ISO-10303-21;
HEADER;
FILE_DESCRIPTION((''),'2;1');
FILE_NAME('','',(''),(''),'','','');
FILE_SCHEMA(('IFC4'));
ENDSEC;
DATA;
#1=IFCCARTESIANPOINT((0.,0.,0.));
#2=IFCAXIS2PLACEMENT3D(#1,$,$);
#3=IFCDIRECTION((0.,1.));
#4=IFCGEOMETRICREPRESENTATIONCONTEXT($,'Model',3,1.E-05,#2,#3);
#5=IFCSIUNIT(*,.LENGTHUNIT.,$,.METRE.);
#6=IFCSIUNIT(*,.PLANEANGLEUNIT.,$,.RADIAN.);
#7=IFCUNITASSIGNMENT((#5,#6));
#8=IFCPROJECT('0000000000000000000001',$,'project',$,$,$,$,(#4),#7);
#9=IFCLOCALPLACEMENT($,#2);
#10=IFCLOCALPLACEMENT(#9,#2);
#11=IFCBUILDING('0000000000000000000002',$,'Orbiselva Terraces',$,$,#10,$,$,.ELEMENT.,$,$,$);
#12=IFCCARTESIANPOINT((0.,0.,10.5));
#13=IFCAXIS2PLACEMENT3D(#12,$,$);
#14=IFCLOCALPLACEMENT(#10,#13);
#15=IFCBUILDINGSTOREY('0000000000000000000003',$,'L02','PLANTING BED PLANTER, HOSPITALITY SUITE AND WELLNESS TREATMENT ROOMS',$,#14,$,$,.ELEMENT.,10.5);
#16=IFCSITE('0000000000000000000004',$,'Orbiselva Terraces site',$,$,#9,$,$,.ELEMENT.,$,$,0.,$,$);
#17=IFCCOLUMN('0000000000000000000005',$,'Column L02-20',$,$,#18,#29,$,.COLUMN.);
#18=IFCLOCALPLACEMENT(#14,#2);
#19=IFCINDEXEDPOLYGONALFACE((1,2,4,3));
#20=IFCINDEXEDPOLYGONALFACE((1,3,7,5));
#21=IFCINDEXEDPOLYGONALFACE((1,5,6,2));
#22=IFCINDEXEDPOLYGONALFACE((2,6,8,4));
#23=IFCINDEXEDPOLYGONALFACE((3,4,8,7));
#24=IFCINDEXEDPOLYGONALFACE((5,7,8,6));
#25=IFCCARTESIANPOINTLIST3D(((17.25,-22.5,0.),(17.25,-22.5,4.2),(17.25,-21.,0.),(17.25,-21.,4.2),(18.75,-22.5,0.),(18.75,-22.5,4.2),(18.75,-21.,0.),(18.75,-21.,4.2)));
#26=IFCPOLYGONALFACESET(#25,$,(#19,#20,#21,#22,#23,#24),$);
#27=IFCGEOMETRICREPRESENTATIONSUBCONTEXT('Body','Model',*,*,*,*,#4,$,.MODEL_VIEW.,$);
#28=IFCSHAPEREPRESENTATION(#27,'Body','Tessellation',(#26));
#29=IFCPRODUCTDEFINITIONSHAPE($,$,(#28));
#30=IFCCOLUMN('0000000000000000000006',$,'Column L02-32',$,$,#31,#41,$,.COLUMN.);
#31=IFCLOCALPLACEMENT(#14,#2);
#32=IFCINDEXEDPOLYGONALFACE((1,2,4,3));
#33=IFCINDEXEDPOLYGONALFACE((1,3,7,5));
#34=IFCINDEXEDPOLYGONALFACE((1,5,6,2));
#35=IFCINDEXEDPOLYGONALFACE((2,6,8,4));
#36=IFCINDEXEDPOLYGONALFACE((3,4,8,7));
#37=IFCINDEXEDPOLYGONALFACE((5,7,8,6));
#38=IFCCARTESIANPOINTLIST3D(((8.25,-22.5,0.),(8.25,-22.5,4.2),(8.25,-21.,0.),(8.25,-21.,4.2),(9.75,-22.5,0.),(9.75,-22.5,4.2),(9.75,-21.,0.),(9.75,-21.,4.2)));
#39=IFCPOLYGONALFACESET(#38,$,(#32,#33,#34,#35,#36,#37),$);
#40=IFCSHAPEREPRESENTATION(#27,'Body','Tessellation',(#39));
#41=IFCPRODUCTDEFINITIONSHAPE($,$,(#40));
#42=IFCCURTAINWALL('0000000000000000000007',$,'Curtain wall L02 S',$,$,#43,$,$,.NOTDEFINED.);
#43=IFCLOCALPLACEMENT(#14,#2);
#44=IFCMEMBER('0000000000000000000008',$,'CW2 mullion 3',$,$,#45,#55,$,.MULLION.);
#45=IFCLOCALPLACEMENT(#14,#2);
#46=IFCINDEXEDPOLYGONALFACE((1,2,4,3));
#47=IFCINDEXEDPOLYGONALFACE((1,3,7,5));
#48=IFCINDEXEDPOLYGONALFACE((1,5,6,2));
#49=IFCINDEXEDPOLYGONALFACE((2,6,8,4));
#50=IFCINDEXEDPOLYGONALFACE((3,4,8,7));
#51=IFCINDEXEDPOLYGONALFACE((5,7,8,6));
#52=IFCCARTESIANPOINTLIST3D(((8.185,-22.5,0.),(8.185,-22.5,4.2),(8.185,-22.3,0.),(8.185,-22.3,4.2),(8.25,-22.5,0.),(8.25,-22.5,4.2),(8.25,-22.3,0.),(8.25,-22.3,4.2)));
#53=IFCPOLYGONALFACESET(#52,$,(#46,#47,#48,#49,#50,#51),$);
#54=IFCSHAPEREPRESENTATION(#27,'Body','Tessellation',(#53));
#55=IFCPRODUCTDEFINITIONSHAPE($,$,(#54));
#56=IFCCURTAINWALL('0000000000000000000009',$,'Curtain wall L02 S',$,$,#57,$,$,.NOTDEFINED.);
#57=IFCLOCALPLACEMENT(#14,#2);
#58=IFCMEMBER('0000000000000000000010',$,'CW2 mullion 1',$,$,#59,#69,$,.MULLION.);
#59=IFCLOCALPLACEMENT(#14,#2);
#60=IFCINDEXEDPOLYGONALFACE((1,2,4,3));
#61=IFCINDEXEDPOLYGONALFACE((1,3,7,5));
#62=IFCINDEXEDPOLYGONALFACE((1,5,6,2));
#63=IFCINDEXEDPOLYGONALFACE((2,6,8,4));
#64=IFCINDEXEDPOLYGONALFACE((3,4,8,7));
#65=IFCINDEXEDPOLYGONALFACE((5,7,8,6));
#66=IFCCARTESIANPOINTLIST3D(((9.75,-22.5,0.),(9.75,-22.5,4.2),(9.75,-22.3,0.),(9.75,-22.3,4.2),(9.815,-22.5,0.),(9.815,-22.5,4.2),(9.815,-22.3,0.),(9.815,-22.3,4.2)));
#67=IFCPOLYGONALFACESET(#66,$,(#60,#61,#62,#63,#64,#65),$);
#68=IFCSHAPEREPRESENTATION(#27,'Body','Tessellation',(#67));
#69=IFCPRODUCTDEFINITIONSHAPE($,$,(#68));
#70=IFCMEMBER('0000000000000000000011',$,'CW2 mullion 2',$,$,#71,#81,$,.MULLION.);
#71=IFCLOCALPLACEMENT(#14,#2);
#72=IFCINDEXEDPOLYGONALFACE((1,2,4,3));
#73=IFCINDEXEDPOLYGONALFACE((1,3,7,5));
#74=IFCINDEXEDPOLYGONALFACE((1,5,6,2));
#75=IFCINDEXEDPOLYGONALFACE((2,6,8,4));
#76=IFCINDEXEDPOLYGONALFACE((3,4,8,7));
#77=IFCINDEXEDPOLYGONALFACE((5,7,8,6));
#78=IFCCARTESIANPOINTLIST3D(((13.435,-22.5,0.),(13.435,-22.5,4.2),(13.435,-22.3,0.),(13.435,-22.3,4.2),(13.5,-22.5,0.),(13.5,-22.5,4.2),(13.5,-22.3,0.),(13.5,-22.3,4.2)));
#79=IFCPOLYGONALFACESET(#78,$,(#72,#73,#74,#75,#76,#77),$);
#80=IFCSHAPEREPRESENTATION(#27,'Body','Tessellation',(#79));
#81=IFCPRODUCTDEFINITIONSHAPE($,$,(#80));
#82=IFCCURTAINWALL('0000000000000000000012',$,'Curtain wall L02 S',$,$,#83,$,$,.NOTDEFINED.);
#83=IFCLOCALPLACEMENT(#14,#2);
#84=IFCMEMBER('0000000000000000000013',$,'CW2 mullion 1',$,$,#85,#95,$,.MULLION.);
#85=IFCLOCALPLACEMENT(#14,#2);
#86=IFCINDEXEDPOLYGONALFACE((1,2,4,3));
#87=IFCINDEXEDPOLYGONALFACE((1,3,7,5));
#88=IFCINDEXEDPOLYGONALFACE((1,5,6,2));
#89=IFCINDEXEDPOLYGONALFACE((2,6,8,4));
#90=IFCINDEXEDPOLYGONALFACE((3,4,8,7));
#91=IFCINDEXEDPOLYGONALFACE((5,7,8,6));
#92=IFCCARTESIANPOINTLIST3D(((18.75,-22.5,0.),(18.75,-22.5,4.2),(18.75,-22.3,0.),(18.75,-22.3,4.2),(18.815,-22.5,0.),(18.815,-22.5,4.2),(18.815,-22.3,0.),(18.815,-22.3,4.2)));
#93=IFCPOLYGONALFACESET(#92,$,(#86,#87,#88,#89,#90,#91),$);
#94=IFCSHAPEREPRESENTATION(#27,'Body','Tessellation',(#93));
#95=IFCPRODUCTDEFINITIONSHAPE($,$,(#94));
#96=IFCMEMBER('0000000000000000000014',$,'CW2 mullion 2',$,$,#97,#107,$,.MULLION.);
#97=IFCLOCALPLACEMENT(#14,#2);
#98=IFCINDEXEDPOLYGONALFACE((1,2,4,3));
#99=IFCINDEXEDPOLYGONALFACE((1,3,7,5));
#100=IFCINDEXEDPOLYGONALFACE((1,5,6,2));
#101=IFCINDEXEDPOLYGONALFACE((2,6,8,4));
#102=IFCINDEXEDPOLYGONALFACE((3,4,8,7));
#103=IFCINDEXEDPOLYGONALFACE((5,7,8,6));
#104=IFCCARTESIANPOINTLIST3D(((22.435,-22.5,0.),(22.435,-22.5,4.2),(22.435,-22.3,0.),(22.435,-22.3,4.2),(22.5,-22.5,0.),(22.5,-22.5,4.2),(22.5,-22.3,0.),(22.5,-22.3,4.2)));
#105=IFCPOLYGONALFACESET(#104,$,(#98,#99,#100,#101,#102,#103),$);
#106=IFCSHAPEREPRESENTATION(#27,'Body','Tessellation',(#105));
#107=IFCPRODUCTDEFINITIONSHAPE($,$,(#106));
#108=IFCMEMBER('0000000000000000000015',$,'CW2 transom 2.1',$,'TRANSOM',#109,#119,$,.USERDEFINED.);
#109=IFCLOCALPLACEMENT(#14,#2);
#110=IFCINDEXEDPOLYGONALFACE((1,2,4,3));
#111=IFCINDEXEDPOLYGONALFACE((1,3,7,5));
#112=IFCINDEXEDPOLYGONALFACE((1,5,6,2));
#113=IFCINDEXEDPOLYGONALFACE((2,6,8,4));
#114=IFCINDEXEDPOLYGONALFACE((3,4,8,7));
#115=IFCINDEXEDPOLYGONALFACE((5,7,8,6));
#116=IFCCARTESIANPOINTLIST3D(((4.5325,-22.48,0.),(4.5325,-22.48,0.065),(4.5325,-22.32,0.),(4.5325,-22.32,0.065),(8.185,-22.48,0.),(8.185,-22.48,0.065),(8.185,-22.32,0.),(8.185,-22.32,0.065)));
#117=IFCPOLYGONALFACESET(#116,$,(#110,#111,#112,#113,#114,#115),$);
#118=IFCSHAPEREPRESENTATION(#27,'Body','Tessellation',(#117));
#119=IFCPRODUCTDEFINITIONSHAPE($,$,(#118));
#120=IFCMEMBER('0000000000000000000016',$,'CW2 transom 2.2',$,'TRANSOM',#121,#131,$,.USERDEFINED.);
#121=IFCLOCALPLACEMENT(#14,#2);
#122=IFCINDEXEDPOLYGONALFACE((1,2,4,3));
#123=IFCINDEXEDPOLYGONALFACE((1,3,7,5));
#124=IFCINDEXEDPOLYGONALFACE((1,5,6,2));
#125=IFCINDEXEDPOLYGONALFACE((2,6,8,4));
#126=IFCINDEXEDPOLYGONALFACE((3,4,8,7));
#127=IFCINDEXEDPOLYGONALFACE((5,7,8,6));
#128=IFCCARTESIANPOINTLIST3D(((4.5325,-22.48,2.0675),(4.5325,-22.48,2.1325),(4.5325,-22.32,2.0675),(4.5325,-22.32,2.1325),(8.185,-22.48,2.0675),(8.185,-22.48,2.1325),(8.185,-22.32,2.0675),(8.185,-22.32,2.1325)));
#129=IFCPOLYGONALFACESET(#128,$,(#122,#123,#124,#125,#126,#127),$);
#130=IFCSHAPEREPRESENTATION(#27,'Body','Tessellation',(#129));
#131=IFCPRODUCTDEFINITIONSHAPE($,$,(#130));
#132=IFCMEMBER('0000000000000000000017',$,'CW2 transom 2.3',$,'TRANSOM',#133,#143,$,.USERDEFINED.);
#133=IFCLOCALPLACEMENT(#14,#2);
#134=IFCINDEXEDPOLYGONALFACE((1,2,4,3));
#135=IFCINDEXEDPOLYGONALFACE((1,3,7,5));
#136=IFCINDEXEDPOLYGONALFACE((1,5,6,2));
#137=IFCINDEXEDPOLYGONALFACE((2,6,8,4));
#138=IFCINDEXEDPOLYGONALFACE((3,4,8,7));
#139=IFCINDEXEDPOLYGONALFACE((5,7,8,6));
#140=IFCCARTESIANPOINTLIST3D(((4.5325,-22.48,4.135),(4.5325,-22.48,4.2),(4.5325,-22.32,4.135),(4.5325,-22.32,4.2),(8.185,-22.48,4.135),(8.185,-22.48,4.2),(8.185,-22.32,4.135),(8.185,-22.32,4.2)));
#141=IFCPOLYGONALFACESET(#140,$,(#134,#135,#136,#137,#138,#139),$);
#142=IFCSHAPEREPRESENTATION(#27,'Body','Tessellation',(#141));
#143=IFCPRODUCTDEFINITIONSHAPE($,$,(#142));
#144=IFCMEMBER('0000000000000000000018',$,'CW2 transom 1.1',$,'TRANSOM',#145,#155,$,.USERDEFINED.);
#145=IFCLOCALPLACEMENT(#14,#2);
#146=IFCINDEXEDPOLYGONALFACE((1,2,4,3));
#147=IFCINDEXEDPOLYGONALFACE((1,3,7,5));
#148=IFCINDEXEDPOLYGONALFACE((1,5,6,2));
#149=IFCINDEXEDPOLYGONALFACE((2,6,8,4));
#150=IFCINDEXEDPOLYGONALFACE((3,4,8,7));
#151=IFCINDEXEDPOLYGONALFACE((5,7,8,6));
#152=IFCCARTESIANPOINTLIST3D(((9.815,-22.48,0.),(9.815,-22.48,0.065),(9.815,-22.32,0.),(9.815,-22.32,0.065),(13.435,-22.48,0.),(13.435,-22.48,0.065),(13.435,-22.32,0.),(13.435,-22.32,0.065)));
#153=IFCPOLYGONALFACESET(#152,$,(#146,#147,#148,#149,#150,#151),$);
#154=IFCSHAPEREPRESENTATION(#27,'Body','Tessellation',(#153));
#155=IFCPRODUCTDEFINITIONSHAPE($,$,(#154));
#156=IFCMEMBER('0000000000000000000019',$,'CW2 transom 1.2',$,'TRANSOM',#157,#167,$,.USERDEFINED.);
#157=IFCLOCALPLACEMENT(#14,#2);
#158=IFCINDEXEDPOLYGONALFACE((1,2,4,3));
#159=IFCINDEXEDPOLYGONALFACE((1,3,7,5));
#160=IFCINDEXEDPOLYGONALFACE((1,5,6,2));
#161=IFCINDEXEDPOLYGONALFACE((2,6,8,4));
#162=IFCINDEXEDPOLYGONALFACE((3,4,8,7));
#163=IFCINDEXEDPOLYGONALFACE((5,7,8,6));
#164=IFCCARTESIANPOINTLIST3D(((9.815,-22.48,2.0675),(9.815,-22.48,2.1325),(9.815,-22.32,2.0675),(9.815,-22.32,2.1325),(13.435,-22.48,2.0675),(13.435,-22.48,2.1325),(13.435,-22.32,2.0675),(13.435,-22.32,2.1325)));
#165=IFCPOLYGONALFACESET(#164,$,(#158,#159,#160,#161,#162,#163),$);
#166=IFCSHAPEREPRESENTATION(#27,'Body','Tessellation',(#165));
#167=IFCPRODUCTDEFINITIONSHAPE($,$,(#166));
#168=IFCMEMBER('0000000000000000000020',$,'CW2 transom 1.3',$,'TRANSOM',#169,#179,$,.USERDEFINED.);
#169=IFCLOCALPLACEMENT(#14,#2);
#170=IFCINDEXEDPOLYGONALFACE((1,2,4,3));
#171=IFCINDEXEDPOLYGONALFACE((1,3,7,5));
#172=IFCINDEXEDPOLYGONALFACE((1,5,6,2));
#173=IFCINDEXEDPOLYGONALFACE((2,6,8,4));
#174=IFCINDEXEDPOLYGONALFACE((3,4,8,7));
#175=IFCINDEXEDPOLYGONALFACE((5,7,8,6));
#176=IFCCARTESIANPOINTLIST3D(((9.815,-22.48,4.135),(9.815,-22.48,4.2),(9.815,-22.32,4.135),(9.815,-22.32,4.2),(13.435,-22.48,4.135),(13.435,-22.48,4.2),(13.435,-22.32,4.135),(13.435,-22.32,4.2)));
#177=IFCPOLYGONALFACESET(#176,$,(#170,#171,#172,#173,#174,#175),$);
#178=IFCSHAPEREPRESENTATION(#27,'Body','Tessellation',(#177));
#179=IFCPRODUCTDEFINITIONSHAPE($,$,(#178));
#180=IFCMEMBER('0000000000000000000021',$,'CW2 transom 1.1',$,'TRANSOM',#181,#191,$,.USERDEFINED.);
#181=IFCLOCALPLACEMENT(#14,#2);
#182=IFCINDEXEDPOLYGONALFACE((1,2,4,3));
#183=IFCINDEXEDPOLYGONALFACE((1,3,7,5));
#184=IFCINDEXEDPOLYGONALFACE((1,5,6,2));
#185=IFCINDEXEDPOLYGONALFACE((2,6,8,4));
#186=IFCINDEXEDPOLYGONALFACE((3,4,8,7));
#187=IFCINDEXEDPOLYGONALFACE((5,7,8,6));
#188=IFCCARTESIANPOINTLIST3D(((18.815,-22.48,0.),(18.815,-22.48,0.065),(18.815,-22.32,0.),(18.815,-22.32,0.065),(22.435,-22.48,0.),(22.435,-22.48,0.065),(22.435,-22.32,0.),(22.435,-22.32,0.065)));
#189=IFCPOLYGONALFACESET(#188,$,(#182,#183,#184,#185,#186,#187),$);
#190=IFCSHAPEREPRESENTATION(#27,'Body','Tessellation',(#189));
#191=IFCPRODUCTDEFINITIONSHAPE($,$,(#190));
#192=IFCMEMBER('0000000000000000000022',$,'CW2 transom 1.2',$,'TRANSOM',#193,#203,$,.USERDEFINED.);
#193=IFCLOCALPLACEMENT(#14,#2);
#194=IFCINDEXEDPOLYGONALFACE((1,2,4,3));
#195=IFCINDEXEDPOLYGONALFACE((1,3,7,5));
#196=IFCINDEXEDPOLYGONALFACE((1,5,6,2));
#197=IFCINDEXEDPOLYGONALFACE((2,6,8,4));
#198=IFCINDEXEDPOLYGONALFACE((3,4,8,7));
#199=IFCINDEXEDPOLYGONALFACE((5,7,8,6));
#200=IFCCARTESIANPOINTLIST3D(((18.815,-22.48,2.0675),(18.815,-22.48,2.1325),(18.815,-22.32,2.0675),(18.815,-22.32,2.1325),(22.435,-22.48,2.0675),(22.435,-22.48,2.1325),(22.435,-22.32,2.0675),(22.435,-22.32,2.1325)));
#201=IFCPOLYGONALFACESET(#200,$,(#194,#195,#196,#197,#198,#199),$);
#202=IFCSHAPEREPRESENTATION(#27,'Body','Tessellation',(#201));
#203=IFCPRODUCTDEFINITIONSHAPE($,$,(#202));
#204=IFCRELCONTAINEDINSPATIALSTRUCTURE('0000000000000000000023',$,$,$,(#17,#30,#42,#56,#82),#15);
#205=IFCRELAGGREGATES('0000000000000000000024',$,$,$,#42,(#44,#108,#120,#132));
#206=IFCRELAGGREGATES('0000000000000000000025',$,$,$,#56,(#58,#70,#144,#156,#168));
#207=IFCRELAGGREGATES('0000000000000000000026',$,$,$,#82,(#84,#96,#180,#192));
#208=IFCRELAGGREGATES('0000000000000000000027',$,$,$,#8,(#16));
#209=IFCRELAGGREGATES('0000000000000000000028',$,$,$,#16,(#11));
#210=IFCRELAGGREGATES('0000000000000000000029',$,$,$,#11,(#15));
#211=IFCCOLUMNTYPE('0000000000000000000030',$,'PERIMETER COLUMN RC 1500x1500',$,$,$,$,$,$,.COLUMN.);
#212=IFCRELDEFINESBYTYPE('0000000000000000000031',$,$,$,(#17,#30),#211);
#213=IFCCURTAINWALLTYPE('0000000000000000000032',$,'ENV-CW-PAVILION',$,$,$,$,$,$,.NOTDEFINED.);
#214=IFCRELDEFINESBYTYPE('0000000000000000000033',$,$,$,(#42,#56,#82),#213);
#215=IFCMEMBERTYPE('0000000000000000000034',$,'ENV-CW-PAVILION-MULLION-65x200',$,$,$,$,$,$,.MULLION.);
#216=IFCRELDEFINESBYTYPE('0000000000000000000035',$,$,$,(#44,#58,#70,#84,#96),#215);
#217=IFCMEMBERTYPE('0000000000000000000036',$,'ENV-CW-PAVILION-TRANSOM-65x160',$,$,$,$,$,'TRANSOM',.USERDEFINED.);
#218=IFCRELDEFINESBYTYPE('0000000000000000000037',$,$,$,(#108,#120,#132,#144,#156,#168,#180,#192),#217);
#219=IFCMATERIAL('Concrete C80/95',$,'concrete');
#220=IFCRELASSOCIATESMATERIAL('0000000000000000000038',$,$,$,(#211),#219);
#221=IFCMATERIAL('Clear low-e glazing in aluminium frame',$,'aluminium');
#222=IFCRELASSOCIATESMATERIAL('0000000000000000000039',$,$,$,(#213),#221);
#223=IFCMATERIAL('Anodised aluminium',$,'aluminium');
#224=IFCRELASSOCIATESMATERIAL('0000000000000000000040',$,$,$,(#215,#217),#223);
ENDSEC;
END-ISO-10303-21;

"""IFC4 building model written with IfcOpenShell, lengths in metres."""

from ifc_helpers import new_model, si_unit, direction, frame, origin, origin_2d, place, context, subcontext, project, spatial, rectangle, extrude, material, material_profile, profile_set, type_object, element, aggregate, save


model = new_model("IFC4")

# Units and contexts
model_context = context("Model", 3, precision=1e-05, world=origin(), true_north=direction((0.0, 1.0)))
body_context = subcontext(model_context, "Body", "Model", "MODEL_VIEW")
ifc_project = project(units=[si_unit("LENGTHUNIT", "METRE"), si_unit("PLANEANGLEUNIT", "RADIAN")], contexts=[model_context])

# Site, building, storey
site_placement = place(None, origin())
site = spatial("IfcSite", under=ifc_project, at=site_placement, Name="Orbiselva Terraces site", CompositionType="ELEMENT", RefElevation=0.0)
building_placement = place(site_placement, origin())
building = spatial("IfcBuilding", under=site, at=building_placement, Name="Orbiselva Terraces", CompositionType="ELEMENT")
storey_placement = place(building_placement, frame((0.0, 0.0, 10.5)))
storey = spatial("IfcBuildingStorey", under=building, at=storey_placement, Name="L02", Description="PLANTING BED PLANTER, HOSPITALITY SUITE AND WELLNESS TREATMENT ROOMS", CompositionType="ELEMENT", Elevation=10.5)

# Columns
ifc_material_1 = material(Name="Concrete C80/95", Category="concrete")
ifc_material_profile_1 = material_profile(ifc_material_1, rectangle(XDim=1.5, YDim=1.5, at=origin_2d()), Name="RC 1500x1500")
ifc_profile_set_1 = profile_set([ifc_material_profile_1], Name="Concrete C80/95")
column_type = type_object("IfcColumnType", Name="PERIMETER COLUMN RC 1500x1500", PredefinedType="COLUMN", material=ifc_profile_set_1)
for number, where, z_axis, x_axis, name in (
    (1, (18.0, -21.75, 0.0), (0.0, 0.0, 1.0), (1.0, 0.0, 0.0), "Column L02-20"),
    (2, (9.0, -21.75, 0.0), (0.0, 0.0, 1.0), (1.0, 0.0, 0.0), "Column L02-32"),
):
    element("IfcColumn", number, at=place(storey_placement, frame(where, z_axis=z_axis, x_axis=x_axis)), inside=storey, type_object=column_type, Name=name, PredefinedType="COLUMN", context=body_context, shape_type="SweptSolid", body=[
        extrude(rectangle(XDim=1.5, YDim=1.5, at=origin_2d()), origin(), (0.0, 0.0, 1.0), 4.2),
    ])

# Curtain wall, member
ifc_material_2 = material(Name="Clear low-e glazing in aluminium frame", Category="aluminium")
curtain_wall_type = type_object("IfcCurtainWallType", Name="ENV-CW-PAVILION", PredefinedType="NOTDEFINED", material=ifc_material_2)
curtain_wall_1_placement = place(storey_placement, origin())
curtain_wall_1 = element("IfcCurtainWall", 3, at=curtain_wall_1_placement, inside=storey, type_object=curtain_wall_type, Name="Curtain wall L02 S", PredefinedType="NOTDEFINED")
ifc_material_3 = material(Name="Anodised aluminium", Category="aluminium")
ifc_material_profile_2 = material_profile(ifc_material_3, rectangle(XDim=0.2, YDim=0.065, at=origin_2d()), Name="AL 65x200")
ifc_profile_set_2 = profile_set([ifc_material_profile_2], Name="Anodised aluminium")
member_type_1 = type_object("IfcMemberType", Name="ENV-CW-PAVILION-MULLION-65x200", PredefinedType="MULLION", material=ifc_profile_set_2)
member_1_placement = place(storey_placement, frame((8.2175, -22.4, 0.0), z_axis=(0.0, 0.0, 1.0), x_axis=(0.0, 1.0, 0.0)))
member_1 = element("IfcMember", 4, at=member_1_placement, type_object=member_type_1, Name="CW2 mullion 3", PredefinedType="MULLION", context=body_context, shape_type="SweptSolid", body=[
    extrude(rectangle(XDim=0.2, YDim=0.065, at=origin_2d()), origin(), (0.0, 0.0, 1.0), 4.2),
])

# Curtain walls, members
curtain_wall_2_placement = place(storey_placement, origin())
curtain_wall_2 = element("IfcCurtainWall", 5, at=curtain_wall_2_placement, inside=storey, type_object=curtain_wall_type, Name="Curtain wall L02 S", PredefinedType="NOTDEFINED")
member_2_placement = place(storey_placement, frame((9.7825, -22.4, 0.0), z_axis=(0.0, 0.0, 1.0), x_axis=(0.0, 1.0, 0.0)))
member_2 = element("IfcMember", 6, at=member_2_placement, type_object=member_type_1, Name="CW2 mullion 1", PredefinedType="MULLION", context=body_context, shape_type="SweptSolid", body=[
    extrude(rectangle(XDim=0.2, YDim=0.065, at=origin_2d()), origin(), (0.0, 0.0, 1.0), 4.2),
])
member_3_placement = place(storey_placement, frame((13.4675, -22.4, 0.0), z_axis=(0.0, 0.0, 1.0), x_axis=(0.0, 1.0, 0.0)))
member_3 = element("IfcMember", 7, at=member_3_placement, type_object=member_type_1, Name="CW2 mullion 2", PredefinedType="MULLION", context=body_context, shape_type="SweptSolid", body=[
    extrude(rectangle(XDim=0.2, YDim=0.065, at=origin_2d()), origin(), (0.0, 0.0, 1.0), 4.2),
])
curtain_wall_3_placement = place(storey_placement, origin())
curtain_wall_3 = element("IfcCurtainWall", 8, at=curtain_wall_3_placement, inside=storey, type_object=curtain_wall_type, Name="Curtain wall L02 S", PredefinedType="NOTDEFINED")
member_4_placement = place(storey_placement, frame((18.7825, -22.4, 0.0), z_axis=(0.0, 0.0, 1.0), x_axis=(0.0, 1.0, 0.0)))
member_4 = element("IfcMember", 9, at=member_4_placement, type_object=member_type_1, Name="CW2 mullion 1", PredefinedType="MULLION", context=body_context, shape_type="SweptSolid", body=[
    extrude(rectangle(XDim=0.2, YDim=0.065, at=origin_2d()), origin(), (0.0, 0.0, 1.0), 4.2),
])
member_5_placement = place(storey_placement, frame((22.4675, -22.4, 0.0), z_axis=(0.0, 0.0, 1.0), x_axis=(0.0, 1.0, 0.0)))
member_5 = element("IfcMember", 10, at=member_5_placement, type_object=member_type_1, Name="CW2 mullion 2", PredefinedType="MULLION", context=body_context, shape_type="SweptSolid", body=[
    extrude(rectangle(XDim=0.2, YDim=0.065, at=origin_2d()), origin(), (0.0, 0.0, 1.0), 4.2),
])

# Members
ifc_material_profile_3 = material_profile(ifc_material_3, rectangle(XDim=0.16, YDim=0.065, at=origin_2d()), Name="AL 65x160")
ifc_profile_set_3 = profile_set([ifc_material_profile_3], Name="Anodised aluminium")
member_type_2 = type_object("IfcMemberType", Name="ENV-CW-PAVILION-TRANSOM-65x160", ElementType="TRANSOM", PredefinedType="USERDEFINED", material=ifc_profile_set_3)
member_6_placement = place(storey_placement, frame((4.5325, -22.4, 0.0325), z_axis=(1.0, 0.0, 0.0), x_axis=(0.0, 1.0, 0.0)))
member_6 = element("IfcMember", 11, at=member_6_placement, type_object=member_type_2, Name="CW2 transom 2.1", ObjectType="TRANSOM", PredefinedType="USERDEFINED", context=body_context, shape_type="SweptSolid", body=[
    extrude(rectangle(XDim=0.16, YDim=0.065, at=origin_2d()), origin(), (0.0, 0.0, 1.0), 3.6525),
])
member_7_placement = place(storey_placement, frame((4.5325, -22.4, 2.1), z_axis=(1.0, 0.0, 0.0), x_axis=(0.0, 1.0, 0.0)))
member_7 = element("IfcMember", 12, at=member_7_placement, type_object=member_type_2, Name="CW2 transom 2.2", ObjectType="TRANSOM", PredefinedType="USERDEFINED", context=body_context, shape_type="SweptSolid", body=[
    extrude(rectangle(XDim=0.16, YDim=0.065, at=origin_2d()), origin(), (0.0, 0.0, 1.0), 3.6525),
])
member_8_placement = place(storey_placement, frame((4.5325, -22.4, 4.1675), z_axis=(1.0, 0.0, 0.0), x_axis=(0.0, 1.0, 0.0)))
member_8 = element("IfcMember", 13, at=member_8_placement, type_object=member_type_2, Name="CW2 transom 2.3", ObjectType="TRANSOM", PredefinedType="USERDEFINED", context=body_context, shape_type="SweptSolid", body=[
    extrude(rectangle(XDim=0.16, YDim=0.065, at=origin_2d()), origin(), (0.0, 0.0, 1.0), 3.6525),
])
member_9_placement = place(storey_placement, frame((9.815, -22.4, 0.0325), z_axis=(1.0, 0.0, 0.0), x_axis=(0.0, 1.0, 0.0)))
member_9 = element("IfcMember", 14, at=member_9_placement, type_object=member_type_2, Name="CW2 transom 1.1", ObjectType="TRANSOM", PredefinedType="USERDEFINED", context=body_context, shape_type="SweptSolid", body=[
    extrude(rectangle(XDim=0.16, YDim=0.065, at=origin_2d()), origin(), (0.0, 0.0, 1.0), 3.62),
])
member_10_placement = place(storey_placement, frame((9.815, -22.4, 2.1), z_axis=(1.0, 0.0, 0.0), x_axis=(0.0, 1.0, 0.0)))
member_10 = element("IfcMember", 15, at=member_10_placement, type_object=member_type_2, Name="CW2 transom 1.2", ObjectType="TRANSOM", PredefinedType="USERDEFINED", context=body_context, shape_type="SweptSolid", body=[
    extrude(rectangle(XDim=0.16, YDim=0.065, at=origin_2d()), origin(), (0.0, 0.0, 1.0), 3.62),
])
member_11_placement = place(storey_placement, frame((9.815, -22.4, 4.1675), z_axis=(1.0, 0.0, 0.0), x_axis=(0.0, 1.0, 0.0)))
member_11 = element("IfcMember", 16, at=member_11_placement, type_object=member_type_2, Name="CW2 transom 1.3", ObjectType="TRANSOM", PredefinedType="USERDEFINED", context=body_context, shape_type="SweptSolid", body=[
    extrude(rectangle(XDim=0.16, YDim=0.065, at=origin_2d()), origin(), (0.0, 0.0, 1.0), 3.62),
])
member_12_placement = place(storey_placement, frame((18.815, -22.4, 0.0325), z_axis=(1.0, 0.0, 0.0), x_axis=(0.0, 1.0, 0.0)))
member_12 = element("IfcMember", 17, at=member_12_placement, type_object=member_type_2, Name="CW2 transom 1.1", ObjectType="TRANSOM", PredefinedType="USERDEFINED", context=body_context, shape_type="SweptSolid", body=[
    extrude(rectangle(XDim=0.16, YDim=0.065, at=origin_2d()), origin(), (0.0, 0.0, 1.0), 3.62),
])
member_13_placement = place(storey_placement, frame((18.815, -22.4, 2.1), z_axis=(1.0, 0.0, 0.0), x_axis=(0.0, 1.0, 0.0)))
member_13 = element("IfcMember", 18, at=member_13_placement, type_object=member_type_2, Name="CW2 transom 1.2", ObjectType="TRANSOM", PredefinedType="USERDEFINED", context=body_context, shape_type="SweptSolid", body=[
    extrude(rectangle(XDim=0.16, YDim=0.065, at=origin_2d()), origin(), (0.0, 0.0, 1.0), 3.62),
])

aggregate(curtain_wall_1, [member_1, member_6, member_7, member_8])
aggregate(curtain_wall_2, [member_2, member_3, member_9, member_10, member_11])
aggregate(curtain_wall_3, [member_4, member_5, member_12, member_13])

save(model, "model.ifc")
